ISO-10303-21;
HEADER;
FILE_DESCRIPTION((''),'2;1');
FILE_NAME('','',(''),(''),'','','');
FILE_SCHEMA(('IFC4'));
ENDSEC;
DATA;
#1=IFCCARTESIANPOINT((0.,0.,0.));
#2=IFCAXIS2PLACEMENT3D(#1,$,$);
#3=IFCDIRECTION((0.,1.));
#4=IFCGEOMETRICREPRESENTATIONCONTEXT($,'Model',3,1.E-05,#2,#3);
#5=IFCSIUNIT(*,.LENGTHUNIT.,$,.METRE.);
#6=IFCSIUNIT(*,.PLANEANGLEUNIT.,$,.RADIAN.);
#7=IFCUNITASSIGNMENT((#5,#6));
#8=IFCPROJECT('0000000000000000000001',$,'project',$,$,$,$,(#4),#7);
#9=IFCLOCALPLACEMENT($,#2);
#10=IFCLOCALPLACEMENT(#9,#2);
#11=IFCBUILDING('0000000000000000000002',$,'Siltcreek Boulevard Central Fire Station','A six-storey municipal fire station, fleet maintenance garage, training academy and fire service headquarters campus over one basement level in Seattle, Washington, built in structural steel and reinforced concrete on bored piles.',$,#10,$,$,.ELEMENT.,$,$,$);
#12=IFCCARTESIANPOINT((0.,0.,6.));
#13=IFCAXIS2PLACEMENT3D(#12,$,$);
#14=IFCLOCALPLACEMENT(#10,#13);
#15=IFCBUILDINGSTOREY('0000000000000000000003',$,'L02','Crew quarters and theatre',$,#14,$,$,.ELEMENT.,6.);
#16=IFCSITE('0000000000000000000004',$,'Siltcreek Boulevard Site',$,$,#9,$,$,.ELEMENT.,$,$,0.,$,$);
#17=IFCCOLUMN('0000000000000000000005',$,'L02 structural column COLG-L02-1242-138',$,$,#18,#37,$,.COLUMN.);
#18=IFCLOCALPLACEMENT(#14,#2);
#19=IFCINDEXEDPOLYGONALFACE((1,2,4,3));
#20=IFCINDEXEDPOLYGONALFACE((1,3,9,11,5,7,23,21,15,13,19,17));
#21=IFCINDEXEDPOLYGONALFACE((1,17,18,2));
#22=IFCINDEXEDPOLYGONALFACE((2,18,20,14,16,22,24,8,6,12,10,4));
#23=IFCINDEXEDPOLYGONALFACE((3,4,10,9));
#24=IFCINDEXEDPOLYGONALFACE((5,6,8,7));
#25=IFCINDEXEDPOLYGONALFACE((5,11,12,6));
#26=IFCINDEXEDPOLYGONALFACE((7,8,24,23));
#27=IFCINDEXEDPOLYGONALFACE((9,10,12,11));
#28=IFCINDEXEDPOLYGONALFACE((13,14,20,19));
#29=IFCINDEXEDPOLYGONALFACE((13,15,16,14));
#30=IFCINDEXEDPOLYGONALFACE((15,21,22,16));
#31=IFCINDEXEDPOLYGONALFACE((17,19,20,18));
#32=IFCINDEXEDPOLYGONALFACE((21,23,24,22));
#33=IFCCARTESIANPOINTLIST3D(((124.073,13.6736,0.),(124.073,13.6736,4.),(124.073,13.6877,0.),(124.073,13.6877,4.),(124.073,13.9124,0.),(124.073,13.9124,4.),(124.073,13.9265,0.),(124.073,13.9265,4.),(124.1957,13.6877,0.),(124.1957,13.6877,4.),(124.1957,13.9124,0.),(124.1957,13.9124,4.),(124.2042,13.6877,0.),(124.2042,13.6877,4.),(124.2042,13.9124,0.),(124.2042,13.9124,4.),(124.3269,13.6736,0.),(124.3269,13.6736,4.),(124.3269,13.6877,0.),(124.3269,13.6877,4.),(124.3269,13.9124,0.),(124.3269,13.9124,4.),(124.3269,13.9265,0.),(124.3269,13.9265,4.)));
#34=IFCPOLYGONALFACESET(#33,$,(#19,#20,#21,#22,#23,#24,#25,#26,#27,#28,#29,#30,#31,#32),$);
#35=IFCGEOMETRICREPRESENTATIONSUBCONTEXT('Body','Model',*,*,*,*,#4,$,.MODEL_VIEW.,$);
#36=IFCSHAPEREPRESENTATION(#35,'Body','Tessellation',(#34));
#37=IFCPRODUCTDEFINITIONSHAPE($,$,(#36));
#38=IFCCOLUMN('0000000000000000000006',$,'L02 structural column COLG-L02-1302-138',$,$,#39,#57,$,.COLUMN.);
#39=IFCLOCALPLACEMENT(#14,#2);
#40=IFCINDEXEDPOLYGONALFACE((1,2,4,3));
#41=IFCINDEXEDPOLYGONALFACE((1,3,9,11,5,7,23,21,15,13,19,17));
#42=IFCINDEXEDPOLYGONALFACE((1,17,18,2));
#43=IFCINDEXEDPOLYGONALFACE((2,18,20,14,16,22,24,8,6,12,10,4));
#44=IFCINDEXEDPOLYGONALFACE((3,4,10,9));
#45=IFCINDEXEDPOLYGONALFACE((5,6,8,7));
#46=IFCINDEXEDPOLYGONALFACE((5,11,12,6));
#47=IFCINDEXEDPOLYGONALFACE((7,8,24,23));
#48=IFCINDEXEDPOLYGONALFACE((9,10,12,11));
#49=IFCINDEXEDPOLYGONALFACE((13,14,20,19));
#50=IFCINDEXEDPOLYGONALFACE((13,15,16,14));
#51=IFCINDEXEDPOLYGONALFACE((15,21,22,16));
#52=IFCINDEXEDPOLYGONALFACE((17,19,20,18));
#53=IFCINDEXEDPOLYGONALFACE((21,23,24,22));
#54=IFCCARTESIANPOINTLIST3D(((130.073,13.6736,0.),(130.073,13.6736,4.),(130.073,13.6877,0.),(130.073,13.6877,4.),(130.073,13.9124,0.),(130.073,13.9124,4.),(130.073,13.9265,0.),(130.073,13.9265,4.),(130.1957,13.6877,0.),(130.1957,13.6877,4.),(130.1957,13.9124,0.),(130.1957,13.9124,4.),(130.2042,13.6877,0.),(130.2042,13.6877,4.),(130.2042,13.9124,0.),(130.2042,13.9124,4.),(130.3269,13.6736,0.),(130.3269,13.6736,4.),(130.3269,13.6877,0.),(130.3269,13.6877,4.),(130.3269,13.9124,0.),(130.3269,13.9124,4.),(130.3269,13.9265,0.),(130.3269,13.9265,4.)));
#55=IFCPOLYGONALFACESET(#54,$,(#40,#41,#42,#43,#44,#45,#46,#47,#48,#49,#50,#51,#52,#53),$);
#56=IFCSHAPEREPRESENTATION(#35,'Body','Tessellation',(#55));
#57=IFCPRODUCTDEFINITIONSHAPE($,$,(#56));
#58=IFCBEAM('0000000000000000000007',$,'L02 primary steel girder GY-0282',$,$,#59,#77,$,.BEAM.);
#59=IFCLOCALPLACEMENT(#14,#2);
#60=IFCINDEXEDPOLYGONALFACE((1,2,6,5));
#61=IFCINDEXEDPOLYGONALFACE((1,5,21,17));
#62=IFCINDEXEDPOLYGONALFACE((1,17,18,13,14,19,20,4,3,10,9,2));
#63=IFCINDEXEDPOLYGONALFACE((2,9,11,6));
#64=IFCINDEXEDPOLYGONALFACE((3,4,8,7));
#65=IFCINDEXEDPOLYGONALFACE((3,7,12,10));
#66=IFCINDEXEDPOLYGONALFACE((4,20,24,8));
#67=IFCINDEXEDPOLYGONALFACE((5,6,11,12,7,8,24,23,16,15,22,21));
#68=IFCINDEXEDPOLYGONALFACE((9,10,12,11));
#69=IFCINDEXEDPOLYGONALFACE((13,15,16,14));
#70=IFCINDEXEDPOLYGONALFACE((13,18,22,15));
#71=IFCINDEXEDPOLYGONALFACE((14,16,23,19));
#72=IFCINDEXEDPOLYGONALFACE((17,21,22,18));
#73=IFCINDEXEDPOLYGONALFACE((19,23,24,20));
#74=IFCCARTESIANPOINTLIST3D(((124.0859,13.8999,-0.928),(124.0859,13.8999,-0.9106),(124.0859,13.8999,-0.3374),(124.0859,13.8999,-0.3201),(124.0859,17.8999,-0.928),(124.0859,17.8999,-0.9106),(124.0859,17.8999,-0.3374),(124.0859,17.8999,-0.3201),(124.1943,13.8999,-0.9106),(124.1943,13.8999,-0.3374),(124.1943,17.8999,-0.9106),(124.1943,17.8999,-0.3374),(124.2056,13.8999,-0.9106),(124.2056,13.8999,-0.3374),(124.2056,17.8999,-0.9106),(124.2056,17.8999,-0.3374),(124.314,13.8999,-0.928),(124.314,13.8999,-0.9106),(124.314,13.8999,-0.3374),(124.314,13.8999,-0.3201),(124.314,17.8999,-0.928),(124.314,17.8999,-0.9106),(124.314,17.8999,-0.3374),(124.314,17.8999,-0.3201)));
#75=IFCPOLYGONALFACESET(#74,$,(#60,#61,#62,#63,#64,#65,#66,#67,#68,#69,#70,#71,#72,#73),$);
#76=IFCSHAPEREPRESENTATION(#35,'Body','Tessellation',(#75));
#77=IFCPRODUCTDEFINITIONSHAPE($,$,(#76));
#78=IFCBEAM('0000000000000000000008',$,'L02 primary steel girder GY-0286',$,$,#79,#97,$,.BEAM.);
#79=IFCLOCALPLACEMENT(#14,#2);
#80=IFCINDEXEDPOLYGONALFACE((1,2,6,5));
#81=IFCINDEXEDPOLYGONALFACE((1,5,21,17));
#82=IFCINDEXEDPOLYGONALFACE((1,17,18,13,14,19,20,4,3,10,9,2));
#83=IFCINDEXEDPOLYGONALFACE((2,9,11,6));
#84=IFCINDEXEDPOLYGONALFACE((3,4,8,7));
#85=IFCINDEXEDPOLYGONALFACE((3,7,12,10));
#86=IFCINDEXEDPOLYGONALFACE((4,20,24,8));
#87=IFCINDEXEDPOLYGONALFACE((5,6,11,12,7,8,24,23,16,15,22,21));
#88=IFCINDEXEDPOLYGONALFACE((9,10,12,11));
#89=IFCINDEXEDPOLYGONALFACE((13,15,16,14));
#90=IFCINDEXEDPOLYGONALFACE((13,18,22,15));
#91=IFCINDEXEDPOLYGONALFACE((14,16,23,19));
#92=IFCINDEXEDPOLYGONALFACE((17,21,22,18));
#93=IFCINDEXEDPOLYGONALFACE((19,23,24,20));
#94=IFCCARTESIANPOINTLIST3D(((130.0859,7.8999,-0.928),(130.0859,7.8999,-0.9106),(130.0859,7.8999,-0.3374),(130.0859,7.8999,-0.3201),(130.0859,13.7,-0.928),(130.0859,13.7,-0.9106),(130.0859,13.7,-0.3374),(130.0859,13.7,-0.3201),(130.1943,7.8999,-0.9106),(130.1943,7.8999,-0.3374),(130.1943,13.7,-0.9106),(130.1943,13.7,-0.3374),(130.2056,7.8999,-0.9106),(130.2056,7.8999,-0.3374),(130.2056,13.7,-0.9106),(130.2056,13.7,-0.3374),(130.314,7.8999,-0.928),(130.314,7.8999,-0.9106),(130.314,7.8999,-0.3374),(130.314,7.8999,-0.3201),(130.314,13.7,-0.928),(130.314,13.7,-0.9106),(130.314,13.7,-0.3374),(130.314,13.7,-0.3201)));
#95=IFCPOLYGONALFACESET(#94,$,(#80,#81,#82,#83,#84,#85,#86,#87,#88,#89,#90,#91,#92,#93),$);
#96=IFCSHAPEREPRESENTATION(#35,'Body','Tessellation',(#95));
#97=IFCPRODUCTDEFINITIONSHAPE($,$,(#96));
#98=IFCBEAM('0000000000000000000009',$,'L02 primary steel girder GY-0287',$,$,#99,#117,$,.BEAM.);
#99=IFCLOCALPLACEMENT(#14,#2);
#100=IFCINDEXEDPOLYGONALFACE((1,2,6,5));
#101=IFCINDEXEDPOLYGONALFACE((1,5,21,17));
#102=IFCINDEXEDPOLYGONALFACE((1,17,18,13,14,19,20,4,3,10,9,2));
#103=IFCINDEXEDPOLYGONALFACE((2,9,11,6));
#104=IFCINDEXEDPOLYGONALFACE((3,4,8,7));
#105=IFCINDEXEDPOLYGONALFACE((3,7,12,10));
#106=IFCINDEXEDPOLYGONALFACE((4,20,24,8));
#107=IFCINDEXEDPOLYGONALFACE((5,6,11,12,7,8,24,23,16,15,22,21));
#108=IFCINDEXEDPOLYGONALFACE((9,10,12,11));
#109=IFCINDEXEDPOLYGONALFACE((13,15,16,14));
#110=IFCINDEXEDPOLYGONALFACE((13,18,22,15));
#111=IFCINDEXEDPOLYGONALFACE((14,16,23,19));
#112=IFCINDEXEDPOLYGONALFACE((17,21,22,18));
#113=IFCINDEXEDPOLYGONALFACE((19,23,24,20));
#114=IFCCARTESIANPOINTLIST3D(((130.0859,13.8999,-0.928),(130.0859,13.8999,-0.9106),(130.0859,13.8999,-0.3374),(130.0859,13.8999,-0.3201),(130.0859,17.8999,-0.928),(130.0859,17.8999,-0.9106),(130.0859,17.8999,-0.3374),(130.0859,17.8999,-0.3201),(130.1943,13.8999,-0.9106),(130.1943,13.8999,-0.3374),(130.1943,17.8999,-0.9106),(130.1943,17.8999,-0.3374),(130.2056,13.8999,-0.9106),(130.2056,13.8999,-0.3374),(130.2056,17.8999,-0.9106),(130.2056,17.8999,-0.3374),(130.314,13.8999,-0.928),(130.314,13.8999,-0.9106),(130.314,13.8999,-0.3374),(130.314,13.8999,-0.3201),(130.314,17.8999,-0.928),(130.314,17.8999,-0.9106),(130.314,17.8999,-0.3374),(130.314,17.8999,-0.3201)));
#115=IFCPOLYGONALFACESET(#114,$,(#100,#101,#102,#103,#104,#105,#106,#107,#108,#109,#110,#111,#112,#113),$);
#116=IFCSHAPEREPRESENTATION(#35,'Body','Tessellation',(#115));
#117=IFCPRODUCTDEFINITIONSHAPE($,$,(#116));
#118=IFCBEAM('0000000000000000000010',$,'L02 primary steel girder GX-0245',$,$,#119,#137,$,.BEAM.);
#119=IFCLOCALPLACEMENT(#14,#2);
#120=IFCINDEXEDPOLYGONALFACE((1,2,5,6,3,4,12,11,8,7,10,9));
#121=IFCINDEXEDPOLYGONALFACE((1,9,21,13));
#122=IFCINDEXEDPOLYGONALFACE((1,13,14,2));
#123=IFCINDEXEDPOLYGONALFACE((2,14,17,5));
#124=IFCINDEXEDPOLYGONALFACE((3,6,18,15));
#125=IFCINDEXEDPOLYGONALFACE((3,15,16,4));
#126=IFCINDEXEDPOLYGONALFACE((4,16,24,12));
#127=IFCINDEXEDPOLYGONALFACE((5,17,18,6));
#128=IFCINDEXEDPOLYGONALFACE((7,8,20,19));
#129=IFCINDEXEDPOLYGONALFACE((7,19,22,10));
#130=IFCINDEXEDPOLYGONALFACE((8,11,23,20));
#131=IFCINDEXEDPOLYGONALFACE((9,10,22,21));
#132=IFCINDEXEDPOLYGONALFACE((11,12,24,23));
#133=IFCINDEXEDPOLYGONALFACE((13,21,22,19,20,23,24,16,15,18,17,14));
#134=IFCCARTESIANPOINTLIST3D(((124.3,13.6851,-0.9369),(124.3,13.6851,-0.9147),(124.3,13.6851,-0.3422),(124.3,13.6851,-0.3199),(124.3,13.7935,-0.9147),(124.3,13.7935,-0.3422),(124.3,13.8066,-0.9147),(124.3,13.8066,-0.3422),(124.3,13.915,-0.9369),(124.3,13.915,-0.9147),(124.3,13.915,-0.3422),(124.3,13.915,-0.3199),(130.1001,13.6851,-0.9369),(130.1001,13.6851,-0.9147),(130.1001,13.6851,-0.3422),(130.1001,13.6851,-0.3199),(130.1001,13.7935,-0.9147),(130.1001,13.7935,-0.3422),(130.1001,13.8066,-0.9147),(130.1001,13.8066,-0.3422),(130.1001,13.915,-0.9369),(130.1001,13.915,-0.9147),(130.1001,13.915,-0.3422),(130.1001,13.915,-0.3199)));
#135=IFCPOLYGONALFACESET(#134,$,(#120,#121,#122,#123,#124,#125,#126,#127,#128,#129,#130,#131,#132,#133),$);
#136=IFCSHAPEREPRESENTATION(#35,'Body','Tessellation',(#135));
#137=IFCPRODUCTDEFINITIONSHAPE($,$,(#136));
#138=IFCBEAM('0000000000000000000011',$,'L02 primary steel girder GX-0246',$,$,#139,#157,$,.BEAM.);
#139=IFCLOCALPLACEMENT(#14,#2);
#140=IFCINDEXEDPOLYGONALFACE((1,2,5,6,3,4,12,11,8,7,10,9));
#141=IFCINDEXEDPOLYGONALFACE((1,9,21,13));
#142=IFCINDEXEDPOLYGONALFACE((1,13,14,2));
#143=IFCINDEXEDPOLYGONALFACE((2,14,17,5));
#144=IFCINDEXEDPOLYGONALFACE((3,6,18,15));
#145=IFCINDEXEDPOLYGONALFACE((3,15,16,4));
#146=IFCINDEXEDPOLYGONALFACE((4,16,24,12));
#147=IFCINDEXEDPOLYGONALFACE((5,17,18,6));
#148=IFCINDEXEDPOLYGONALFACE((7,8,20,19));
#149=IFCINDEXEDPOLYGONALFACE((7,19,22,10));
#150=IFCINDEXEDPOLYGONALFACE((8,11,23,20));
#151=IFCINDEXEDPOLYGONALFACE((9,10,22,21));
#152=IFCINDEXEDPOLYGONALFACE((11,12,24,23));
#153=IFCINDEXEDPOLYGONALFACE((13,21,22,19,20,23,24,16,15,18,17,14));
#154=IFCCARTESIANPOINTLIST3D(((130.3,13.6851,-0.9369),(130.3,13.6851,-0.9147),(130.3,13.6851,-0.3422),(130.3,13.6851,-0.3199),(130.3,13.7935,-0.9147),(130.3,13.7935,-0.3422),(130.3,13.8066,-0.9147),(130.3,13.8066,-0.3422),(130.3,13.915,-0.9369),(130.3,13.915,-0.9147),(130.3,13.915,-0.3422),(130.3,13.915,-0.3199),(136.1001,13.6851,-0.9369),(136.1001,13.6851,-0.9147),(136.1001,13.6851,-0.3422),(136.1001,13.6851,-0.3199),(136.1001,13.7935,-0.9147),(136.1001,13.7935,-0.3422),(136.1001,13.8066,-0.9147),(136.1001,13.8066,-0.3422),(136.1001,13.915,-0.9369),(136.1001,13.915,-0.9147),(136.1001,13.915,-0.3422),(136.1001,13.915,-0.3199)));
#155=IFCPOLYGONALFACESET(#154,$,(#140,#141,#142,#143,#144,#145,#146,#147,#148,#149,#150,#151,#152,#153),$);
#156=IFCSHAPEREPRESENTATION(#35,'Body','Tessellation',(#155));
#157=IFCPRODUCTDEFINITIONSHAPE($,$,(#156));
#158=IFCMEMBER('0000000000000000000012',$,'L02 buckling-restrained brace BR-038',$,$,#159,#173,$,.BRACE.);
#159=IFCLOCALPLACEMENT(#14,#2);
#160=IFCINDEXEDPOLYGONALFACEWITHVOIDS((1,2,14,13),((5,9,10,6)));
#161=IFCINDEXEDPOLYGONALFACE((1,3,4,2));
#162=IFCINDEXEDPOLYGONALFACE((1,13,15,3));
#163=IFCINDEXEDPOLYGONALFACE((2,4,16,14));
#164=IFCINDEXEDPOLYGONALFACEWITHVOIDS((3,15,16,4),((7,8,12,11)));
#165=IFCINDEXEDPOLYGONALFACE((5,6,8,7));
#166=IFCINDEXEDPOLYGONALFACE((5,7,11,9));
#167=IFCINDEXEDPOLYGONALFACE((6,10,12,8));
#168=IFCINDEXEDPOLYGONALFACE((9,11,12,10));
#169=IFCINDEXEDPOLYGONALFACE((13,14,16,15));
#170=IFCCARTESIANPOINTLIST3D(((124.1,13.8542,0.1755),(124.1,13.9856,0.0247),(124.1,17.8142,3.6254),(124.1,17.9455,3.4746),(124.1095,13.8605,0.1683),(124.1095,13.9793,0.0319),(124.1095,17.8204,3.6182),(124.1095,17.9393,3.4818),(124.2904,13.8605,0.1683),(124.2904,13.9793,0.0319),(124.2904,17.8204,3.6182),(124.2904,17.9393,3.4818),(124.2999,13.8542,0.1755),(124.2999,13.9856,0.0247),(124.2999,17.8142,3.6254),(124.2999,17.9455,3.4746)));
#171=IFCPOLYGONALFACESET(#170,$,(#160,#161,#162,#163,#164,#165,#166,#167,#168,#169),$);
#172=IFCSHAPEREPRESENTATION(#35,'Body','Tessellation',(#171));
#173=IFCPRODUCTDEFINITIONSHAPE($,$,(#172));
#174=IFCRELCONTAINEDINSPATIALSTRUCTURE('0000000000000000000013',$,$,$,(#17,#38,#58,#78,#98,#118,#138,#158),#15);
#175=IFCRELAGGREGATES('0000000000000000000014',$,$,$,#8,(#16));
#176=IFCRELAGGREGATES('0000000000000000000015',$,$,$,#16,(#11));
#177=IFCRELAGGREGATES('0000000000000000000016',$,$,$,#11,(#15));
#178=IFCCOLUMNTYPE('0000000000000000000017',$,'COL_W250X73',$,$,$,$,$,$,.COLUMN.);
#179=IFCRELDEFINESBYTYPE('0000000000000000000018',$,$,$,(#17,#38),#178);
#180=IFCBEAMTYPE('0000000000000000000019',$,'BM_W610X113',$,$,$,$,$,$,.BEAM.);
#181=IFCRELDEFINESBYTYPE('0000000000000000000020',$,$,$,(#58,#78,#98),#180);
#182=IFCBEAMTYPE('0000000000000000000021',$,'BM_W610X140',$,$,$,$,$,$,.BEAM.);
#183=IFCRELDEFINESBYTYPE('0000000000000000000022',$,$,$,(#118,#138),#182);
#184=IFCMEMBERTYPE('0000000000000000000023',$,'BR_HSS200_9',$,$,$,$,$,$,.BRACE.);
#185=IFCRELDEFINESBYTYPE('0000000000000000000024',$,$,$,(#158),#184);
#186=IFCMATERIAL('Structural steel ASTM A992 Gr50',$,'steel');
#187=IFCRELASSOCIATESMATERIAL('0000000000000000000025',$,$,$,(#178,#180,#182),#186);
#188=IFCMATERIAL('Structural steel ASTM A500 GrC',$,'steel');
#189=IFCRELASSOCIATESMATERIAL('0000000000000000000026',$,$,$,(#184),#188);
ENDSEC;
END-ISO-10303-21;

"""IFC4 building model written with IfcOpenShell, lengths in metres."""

from ifc_helpers import new_model, si_unit, direction, frame, origin, origin_2d, place, context, subcontext, project, spatial, hollow_rectangle, i_section, extrude, material, material_profile, profile_set, type_object, element, save


model = new_model("IFC4")

# Units and contexts
model_context = context("Model", 3, precision=1e-05, world=origin(), true_north=direction((0.0, 1.0)))
body_context = subcontext(model_context, "Body", "Model", "MODEL_VIEW")
ifc_project = project(units=[si_unit("LENGTHUNIT", "METRE"), si_unit("PLANEANGLEUNIT", "RADIAN")], contexts=[model_context])

# Site, building, storey
site_placement = place(None, origin())
site = spatial("IfcSite", under=ifc_project, at=site_placement, Name="Siltcreek Boulevard Site", CompositionType="ELEMENT", RefElevation=0.0)
building_placement = place(site_placement, origin())
building = spatial("IfcBuilding", under=site, at=building_placement, Name="Siltcreek Boulevard Central Fire Station", Description="A six-storey municipal fire station, fleet maintenance garage, training academy and fire service headquarters campus over one basement level in Seattle, Washington, built in structural steel and reinforced concrete on bored piles.", CompositionType="ELEMENT")
storey_placement = place(building_placement, frame((0.0, 0.0, 6.0)))
storey = spatial("IfcBuildingStorey", under=building, at=storey_placement, Name="L02", Description="Crew quarters and theatre", CompositionType="ELEMENT", Elevation=6.0)

# Columns
ifc_material_1 = material(Name="Structural steel ASTM A992 Gr50", Category="steel")
ifc_material_profile_1 = material_profile(ifc_material_1, i_section(OverallWidth=0.2539, OverallDepth=0.2529, WebThickness=0.0085, FlangeThickness=0.0142, at=origin_2d()), Name="W250X73")
ifc_profile_set_1 = profile_set([ifc_material_profile_1], Name="Structural steel ASTM A992 Gr50")
column_type = type_object("IfcColumnType", Name="COL_W250X73", PredefinedType="COLUMN", material=ifc_profile_set_1)
for number, where, z_axis, x_axis, name in (
    (1, (124.2, 13.8, 0.0), (0.0, 0.0, 1.0), (1.0, 0.0, 0.0), "L02 structural column COLG-L02-1242-138"),
    (2, (130.2, 13.8, 0.0), (0.0, 0.0, 1.0), (1.0, 0.0, 0.0), "L02 structural column COLG-L02-1302-138"),
):
    element("IfcColumn", number, at=place(storey_placement, frame(where, z_axis=z_axis, x_axis=x_axis)), inside=storey, type_object=column_type, Name=name, PredefinedType="COLUMN", context=body_context, shape_type="SweptSolid", body=[
        extrude(i_section(OverallWidth=0.2539, OverallDepth=0.2529, WebThickness=0.0085, FlangeThickness=0.0142, at=origin_2d()), origin(), (0.0, 0.0, 1.0), 4.0),
    ])

# Beams
ifc_material_profile_2 = material_profile(ifc_material_1, i_section(OverallWidth=0.228, OverallDepth=0.6079, WebThickness=0.0112, FlangeThickness=0.0173, at=origin_2d()), Name="W610X113")
ifc_profile_set_2 = profile_set([ifc_material_profile_2], Name="Structural steel ASTM A992 Gr50")
beam_type_1 = type_object("IfcBeamType", Name="BM_W610X113", PredefinedType="BEAM", material=ifc_profile_set_2)
beam_1_placement = place(storey_placement, frame((124.2, 13.8999, -0.624), z_axis=(0.0, 1.0, 0.0), x_axis=(-1.0, 0.0, 0.0)))
element("IfcBeam", 3, at=beam_1_placement, inside=storey, type_object=beam_type_1, Name="L02 primary steel girder GY-0282", PredefinedType="BEAM", context=body_context, shape_type="SweptSolid", body=[
    extrude(i_section(OverallWidth=0.228, OverallDepth=0.6079, WebThickness=0.0112, FlangeThickness=0.0173, at=origin_2d()), origin(), (0.0, 0.0, 1.0), 4.0),
])
beam_2_placement = place(storey_placement, frame((130.2, 7.8999, -0.624), z_axis=(0.0, 1.0, 0.0), x_axis=(-1.0, 0.0, 0.0)))
element("IfcBeam", 4, at=beam_2_placement, inside=storey, type_object=beam_type_1, Name="L02 primary steel girder GY-0286", PredefinedType="BEAM", context=body_context, shape_type="SweptSolid", body=[
    extrude(i_section(OverallWidth=0.228, OverallDepth=0.6079, WebThickness=0.0112, FlangeThickness=0.0173, at=origin_2d()), origin(), (0.0, 0.0, 1.0), 5.8),
])
beam_3_placement = place(storey_placement, frame((130.2, 13.8999, -0.624), z_axis=(0.0, 1.0, 0.0), x_axis=(-1.0, 0.0, 0.0)))
element("IfcBeam", 5, at=beam_3_placement, inside=storey, type_object=beam_type_1, Name="L02 primary steel girder GY-0287", PredefinedType="BEAM", context=body_context, shape_type="SweptSolid", body=[
    extrude(i_section(OverallWidth=0.228, OverallDepth=0.6079, WebThickness=0.0112, FlangeThickness=0.0173, at=origin_2d()), origin(), (0.0, 0.0, 1.0), 4.0),
])
ifc_material_profile_3 = material_profile(ifc_material_1, i_section(OverallWidth=0.23, OverallDepth=0.6169, WebThickness=0.0132, FlangeThickness=0.0222, at=origin_2d()), Name="W610X140")
ifc_profile_set_3 = profile_set([ifc_material_profile_3], Name="Structural steel ASTM A992 Gr50")
beam_type_2 = type_object("IfcBeamType", Name="BM_W610X140", PredefinedType="BEAM", material=ifc_profile_set_3)
for number, where, z_axis, x_axis, name in (
    (6, (124.3, 13.8, -0.6284), (1.0, 0.0, 0.0), (0.0, 1.0, 0.0), "L02 primary steel girder GX-0245"),
    (7, (130.3, 13.8, -0.6284), (1.0, 0.0, 0.0), (0.0, 1.0, 0.0), "L02 primary steel girder GX-0246"),
):
    element("IfcBeam", number, at=place(storey_placement, frame(where, z_axis=z_axis, x_axis=x_axis)), inside=storey, type_object=beam_type_2, Name=name, PredefinedType="BEAM", context=body_context, shape_type="SweptSolid", body=[
        extrude(i_section(OverallWidth=0.23, OverallDepth=0.6169, WebThickness=0.0132, FlangeThickness=0.0222, at=origin_2d()), origin(), (0.0, 0.0, 1.0), 5.8),
    ])

# Member
ifc_material_2 = material(Name="Structural steel ASTM A500 GrC", Category="steel")
ifc_material_profile_4 = material_profile(ifc_material_2, hollow_rectangle(XDim=0.2, YDim=0.2, WallThickness=0.0095, at=origin_2d()), Name="HSS200X200X9.5")
ifc_profile_set_4 = profile_set([ifc_material_profile_4], Name="Structural steel ASTM A500 GrC")
member_type = type_object("IfcMemberType", Name="BR_HSS200_9", PredefinedType="BRACE", material=ifc_profile_set_4)
member_placement = place(storey_placement, frame((124.2, 13.9199, 0.1001), z_axis=(0.0, 0.753992, 0.656884), x_axis=(-1.0, 0.0, 0.0)))
element("IfcMember", 8, at=member_placement, inside=storey, type_object=member_type, Name="L02 buckling-restrained brace BR-038", PredefinedType="BRACE", context=body_context, shape_type="SweptSolid", body=[
    extrude(hollow_rectangle(XDim=0.2, YDim=0.2, WallThickness=0.0095, at=origin_2d()), origin(), (0.0, 0.0, 1.0), 5.252),
])

save(model, "model.ifc")
